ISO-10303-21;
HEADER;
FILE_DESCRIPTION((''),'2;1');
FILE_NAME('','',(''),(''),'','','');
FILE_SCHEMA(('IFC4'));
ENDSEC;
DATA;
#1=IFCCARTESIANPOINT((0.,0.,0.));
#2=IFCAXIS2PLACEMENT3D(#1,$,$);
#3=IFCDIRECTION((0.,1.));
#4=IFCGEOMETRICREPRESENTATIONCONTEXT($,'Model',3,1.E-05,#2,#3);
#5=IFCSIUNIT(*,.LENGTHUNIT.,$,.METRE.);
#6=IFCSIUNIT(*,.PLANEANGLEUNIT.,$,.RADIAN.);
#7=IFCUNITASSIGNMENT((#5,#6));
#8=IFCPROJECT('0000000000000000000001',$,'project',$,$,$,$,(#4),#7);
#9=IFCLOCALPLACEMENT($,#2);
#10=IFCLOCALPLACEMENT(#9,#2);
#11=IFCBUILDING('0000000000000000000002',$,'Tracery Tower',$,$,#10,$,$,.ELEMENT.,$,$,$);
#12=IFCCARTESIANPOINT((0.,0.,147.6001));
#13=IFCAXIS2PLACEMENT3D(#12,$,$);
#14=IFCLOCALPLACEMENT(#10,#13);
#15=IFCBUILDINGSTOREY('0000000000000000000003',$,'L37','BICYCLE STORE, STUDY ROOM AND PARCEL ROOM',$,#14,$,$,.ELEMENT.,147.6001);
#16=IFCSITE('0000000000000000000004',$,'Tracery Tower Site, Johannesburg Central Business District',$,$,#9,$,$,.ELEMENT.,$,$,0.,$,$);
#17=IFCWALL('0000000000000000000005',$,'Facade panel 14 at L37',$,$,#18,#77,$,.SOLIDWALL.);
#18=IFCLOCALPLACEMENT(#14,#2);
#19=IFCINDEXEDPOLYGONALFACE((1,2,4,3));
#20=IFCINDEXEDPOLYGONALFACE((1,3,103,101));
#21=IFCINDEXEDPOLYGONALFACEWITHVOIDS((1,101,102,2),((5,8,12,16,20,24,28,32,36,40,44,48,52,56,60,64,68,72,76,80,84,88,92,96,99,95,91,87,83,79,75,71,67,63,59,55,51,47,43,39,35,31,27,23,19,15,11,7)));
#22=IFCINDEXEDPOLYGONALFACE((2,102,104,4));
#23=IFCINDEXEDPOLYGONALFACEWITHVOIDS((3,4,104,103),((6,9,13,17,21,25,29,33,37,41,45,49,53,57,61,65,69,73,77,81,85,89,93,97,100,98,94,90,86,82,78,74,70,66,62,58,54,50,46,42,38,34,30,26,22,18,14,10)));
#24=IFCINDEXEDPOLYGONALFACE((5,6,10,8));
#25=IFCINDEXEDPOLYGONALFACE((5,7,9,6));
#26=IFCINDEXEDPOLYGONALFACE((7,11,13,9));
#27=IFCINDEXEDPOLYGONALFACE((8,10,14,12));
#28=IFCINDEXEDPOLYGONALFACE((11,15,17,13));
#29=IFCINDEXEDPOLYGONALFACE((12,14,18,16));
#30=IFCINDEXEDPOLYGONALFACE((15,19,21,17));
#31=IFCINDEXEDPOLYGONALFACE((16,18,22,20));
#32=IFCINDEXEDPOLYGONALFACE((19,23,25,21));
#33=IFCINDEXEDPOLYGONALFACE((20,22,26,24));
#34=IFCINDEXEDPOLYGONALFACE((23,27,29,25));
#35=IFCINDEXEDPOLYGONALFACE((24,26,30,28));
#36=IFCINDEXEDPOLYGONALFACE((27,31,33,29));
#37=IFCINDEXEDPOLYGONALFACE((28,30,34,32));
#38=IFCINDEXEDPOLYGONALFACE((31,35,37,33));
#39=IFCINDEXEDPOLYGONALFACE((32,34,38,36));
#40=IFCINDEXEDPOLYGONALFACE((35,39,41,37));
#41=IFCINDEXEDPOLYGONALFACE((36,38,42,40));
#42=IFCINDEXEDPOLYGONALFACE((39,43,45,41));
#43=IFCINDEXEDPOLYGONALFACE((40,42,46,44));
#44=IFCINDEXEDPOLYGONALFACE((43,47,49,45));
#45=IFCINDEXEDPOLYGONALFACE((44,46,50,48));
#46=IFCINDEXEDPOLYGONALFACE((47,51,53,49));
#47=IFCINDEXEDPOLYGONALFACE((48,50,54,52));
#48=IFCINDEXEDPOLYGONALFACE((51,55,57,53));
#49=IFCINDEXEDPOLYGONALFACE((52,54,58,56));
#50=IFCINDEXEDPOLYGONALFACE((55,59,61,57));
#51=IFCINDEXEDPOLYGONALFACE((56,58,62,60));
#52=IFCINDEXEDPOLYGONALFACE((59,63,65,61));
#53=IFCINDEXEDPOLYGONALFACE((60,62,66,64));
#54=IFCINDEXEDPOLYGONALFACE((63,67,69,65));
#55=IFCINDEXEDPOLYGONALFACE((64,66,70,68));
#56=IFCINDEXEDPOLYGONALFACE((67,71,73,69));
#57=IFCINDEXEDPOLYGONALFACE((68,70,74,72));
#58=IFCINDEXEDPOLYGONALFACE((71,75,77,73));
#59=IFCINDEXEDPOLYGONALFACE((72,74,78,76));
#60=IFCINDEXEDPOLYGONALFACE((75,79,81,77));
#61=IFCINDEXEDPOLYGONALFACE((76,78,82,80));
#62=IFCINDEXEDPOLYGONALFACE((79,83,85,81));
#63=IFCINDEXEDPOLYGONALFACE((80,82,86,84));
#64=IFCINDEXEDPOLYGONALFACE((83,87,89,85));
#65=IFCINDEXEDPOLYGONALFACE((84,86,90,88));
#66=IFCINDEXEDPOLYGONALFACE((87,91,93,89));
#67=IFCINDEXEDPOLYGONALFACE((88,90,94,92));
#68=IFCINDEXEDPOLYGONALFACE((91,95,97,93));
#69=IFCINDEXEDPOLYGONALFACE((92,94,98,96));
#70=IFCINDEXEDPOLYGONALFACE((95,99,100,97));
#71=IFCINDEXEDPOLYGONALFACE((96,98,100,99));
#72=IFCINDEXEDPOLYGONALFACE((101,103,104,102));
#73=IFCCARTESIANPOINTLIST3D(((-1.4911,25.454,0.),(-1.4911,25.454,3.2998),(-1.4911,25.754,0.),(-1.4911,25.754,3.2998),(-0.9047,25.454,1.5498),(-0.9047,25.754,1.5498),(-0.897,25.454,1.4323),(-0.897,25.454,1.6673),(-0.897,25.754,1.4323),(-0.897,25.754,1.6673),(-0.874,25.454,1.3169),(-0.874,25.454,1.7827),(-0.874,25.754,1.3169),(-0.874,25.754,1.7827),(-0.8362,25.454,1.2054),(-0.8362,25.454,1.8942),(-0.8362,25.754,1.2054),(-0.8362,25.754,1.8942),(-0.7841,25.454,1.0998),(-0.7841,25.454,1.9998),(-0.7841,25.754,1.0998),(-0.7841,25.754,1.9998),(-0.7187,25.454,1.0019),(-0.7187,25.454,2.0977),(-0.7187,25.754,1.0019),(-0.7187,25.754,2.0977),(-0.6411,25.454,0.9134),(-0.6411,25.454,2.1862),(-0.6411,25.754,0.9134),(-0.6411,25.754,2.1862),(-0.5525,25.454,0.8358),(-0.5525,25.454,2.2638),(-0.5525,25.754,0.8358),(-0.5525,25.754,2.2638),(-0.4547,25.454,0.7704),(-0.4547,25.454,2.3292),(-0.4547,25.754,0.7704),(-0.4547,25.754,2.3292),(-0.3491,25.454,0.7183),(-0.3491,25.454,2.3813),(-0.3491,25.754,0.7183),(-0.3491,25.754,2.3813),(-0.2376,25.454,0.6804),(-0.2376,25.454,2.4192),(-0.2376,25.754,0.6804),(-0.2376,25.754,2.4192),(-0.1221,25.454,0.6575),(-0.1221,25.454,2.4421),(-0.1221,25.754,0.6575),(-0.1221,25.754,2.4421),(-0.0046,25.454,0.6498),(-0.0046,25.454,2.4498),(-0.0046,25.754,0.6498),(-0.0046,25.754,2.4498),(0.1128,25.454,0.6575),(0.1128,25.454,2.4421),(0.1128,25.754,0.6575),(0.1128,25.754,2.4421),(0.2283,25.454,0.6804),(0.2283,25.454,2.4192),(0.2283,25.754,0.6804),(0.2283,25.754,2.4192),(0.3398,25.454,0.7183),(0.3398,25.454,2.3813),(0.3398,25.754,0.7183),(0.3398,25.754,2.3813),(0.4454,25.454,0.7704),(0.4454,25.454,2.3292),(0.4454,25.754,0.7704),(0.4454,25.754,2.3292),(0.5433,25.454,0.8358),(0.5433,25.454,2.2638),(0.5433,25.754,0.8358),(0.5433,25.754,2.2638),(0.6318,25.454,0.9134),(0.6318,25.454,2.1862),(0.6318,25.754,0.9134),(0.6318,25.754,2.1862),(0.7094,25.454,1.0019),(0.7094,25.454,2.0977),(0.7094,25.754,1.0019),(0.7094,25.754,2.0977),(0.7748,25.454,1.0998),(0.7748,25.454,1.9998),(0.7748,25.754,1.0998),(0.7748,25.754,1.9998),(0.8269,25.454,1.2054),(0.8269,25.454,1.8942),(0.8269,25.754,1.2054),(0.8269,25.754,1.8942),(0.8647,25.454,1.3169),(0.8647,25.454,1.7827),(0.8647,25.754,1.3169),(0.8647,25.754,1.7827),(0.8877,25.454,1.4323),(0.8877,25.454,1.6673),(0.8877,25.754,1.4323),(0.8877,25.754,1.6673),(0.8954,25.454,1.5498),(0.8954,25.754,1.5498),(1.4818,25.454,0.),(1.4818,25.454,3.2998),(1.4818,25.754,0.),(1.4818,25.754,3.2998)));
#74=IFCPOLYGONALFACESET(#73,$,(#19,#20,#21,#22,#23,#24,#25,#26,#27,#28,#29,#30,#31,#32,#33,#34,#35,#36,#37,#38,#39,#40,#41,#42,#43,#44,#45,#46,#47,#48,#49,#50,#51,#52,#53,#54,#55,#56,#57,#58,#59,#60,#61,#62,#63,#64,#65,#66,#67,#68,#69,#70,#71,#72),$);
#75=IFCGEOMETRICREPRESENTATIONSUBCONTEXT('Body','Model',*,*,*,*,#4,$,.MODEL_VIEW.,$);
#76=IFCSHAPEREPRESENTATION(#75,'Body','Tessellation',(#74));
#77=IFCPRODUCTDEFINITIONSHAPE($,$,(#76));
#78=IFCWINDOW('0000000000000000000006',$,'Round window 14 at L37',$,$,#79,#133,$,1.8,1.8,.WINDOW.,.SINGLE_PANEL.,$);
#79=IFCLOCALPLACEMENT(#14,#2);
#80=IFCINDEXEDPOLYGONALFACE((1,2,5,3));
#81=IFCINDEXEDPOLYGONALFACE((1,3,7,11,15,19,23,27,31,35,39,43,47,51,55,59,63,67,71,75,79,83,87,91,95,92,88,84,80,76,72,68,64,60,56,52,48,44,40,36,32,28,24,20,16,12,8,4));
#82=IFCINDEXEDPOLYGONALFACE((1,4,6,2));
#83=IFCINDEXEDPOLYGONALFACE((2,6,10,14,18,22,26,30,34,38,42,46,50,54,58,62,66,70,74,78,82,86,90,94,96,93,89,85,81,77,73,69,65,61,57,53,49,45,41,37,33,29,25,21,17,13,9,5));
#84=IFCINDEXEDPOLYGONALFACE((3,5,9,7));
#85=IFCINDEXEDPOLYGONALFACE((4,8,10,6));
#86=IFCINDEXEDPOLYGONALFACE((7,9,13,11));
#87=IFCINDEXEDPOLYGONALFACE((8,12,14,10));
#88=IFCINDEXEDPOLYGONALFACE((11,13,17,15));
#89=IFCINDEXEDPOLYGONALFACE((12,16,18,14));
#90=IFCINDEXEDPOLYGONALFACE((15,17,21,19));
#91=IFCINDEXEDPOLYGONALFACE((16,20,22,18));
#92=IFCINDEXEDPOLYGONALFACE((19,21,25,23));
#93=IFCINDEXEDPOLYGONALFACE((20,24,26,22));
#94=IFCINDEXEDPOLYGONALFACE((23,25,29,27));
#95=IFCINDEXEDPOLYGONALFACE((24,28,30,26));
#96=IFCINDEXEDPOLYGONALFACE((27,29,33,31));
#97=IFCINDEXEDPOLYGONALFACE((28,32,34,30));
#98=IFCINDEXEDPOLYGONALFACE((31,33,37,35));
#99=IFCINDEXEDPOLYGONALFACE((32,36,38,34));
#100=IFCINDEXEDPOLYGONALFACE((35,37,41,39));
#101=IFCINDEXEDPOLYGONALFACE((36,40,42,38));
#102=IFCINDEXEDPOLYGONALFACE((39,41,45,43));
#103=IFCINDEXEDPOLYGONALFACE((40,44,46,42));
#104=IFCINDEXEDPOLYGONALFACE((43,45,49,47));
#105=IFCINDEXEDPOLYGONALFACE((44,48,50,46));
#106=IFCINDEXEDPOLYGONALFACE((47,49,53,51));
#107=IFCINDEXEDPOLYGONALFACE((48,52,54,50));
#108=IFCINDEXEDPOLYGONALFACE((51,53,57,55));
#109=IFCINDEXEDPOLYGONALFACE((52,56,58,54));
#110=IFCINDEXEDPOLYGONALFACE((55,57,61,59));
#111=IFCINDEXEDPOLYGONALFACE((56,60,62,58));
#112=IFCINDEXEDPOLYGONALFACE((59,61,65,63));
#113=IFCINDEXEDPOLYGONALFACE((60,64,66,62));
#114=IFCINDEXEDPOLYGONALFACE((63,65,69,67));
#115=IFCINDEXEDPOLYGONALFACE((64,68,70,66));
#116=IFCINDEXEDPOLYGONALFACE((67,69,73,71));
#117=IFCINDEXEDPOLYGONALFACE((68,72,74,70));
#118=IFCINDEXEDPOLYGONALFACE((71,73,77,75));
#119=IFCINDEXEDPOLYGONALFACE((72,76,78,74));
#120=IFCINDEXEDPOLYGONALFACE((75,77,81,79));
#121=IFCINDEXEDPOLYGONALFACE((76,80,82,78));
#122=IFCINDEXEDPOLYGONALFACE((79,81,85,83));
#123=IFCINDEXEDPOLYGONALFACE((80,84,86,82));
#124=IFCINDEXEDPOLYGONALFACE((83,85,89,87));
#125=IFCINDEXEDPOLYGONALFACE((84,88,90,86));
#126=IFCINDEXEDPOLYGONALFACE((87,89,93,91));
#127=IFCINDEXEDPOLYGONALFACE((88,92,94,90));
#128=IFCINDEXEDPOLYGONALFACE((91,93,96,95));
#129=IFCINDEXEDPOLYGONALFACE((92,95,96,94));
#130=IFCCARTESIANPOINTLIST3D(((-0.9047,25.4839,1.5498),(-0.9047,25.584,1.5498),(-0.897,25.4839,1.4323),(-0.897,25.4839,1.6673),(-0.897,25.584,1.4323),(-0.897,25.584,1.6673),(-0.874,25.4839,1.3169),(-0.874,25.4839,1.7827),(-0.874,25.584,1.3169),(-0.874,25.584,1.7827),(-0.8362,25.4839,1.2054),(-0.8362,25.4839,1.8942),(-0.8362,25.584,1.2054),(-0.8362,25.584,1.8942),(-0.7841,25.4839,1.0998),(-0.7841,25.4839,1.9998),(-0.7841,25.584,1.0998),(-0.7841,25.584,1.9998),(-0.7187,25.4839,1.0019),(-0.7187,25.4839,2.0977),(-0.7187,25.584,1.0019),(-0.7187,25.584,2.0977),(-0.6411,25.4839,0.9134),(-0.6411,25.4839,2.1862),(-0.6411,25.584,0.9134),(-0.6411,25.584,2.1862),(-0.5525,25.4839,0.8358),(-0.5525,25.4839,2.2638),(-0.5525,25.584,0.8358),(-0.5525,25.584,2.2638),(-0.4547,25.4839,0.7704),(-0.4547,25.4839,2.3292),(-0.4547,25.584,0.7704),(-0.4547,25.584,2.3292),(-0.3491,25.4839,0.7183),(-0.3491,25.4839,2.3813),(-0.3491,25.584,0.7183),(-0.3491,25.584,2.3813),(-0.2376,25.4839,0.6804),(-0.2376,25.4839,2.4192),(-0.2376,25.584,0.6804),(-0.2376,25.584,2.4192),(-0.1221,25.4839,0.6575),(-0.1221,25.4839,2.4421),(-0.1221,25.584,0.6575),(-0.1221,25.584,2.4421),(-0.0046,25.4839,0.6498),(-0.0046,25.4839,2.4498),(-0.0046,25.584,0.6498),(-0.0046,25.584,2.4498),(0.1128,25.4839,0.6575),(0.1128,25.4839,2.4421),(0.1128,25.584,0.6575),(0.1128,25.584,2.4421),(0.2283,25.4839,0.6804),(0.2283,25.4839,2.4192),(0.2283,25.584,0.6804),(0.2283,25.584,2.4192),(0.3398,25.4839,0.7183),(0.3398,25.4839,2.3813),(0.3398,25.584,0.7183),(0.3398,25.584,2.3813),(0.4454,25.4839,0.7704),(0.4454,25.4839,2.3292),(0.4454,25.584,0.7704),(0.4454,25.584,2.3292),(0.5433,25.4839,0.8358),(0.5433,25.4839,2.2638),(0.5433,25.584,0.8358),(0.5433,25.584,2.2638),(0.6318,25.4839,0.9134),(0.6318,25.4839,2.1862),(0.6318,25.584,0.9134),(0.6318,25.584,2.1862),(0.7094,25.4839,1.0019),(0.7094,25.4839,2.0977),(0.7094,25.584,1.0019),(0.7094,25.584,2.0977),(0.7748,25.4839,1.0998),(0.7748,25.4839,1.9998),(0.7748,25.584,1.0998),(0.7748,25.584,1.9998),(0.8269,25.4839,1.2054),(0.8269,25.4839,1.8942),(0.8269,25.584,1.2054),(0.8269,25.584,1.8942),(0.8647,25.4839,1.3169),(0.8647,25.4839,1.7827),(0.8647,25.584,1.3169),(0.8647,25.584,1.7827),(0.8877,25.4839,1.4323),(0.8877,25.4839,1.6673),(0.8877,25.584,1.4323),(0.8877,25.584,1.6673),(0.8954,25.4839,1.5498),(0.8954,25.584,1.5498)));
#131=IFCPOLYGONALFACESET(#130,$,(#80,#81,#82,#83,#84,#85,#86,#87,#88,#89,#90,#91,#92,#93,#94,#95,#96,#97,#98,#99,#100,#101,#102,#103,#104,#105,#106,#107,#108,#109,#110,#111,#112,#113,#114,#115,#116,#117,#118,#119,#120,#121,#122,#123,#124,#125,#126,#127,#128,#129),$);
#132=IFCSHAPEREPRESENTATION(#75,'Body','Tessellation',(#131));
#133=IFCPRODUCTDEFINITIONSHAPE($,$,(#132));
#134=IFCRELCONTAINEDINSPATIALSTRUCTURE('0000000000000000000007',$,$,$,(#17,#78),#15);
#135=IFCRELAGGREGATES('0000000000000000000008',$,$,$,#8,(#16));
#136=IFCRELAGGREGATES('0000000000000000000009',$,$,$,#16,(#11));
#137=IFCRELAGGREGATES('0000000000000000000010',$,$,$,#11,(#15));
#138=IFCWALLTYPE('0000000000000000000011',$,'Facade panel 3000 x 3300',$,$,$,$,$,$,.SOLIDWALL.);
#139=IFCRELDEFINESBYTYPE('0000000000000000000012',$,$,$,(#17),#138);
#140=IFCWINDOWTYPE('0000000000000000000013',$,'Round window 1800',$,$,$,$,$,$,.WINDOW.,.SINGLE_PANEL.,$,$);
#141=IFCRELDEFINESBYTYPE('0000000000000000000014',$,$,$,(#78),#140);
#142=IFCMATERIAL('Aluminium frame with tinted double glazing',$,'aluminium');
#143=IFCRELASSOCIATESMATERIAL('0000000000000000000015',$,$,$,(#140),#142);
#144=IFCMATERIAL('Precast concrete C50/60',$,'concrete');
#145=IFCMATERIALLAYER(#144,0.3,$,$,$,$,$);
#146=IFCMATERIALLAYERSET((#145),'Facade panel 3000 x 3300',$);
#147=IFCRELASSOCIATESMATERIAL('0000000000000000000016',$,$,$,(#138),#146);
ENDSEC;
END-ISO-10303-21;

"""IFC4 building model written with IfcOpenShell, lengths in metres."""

from ifc_helpers import new_model, si_unit, direction, frame, frame_2d, origin, origin_2d, place, context, subcontext, project, spatial, rectangle, circle, extrude, material, layer, layer_set, type_object, element, fill, save


model = new_model("IFC4")

# Units and contexts
model_context = context("Model", 3, precision=1e-05, world=origin(), true_north=direction((0.0, 1.0)))
body_context = subcontext(model_context, "Body", "Model", "MODEL_VIEW")
ifc_project = project(units=[si_unit("LENGTHUNIT", "METRE"), si_unit("PLANEANGLEUNIT", "RADIAN")], contexts=[model_context])

# Site, building, storey
site_placement = place(None, origin())
site = spatial("IfcSite", under=ifc_project, at=site_placement, Name="Tracery Tower Site, Johannesburg Central Business District", CompositionType="ELEMENT", RefElevation=0.0)
building_placement = place(site_placement, origin())
building = spatial("IfcBuilding", under=site, at=building_placement, Name="Tracery Tower", CompositionType="ELEMENT")
storey_placement = place(building_placement, frame((0.0, 0.0, 147.6001)))
storey = spatial("IfcBuildingStorey", under=building, at=storey_placement, Name="L37", Description="BICYCLE STORE, STUDY ROOM AND PARCEL ROOM", CompositionType="ELEMENT", Elevation=147.6001)

# Wall, opening, window
ifc_material_1 = material(Name="Aluminium frame with tinted double glazing", Category="aluminium")
window_type = type_object("IfcWindowType", Name="Round window 1800", PartitioningType="SINGLE_PANEL", PredefinedType="WINDOW", material=ifc_material_1)
ifc_material_2 = material(Name="Precast concrete C50/60", Category="concrete")
ifc_layer_1 = layer(ifc_material_2, 0.3)
ifc_layer_set_1 = layer_set([ifc_layer_1], Name="Facade panel 3000 x 3300")
wall_type_1 = type_object("IfcWallType", Name="Facade panel 3000 x 3300", PredefinedType="SOLIDWALL", material=ifc_layer_set_1)
wall_1_placement = place(storey_placement, frame((1.4817, 25.604, 0.0), z_axis=(0.0, 0.0, 1.0), x_axis=(-1.0, 0.0, 0.0)))
wall_1 = element("IfcWall", 1, at=wall_1_placement, inside=storey, type_object=wall_type_1, Name="Facade panel 14 at L37", PredefinedType="SOLIDWALL", context=body_context, shape_type="SweptSolid", body=[
    extrude(rectangle(XDim=2.9729, YDim=0.3, at=frame_2d((1.4863, 0.0))), origin(), (0.0, 0.0, 1.0), 3.2998),
])
opening_1_placement = place(wall_1_placement, frame((1.4863, 0.0, 1.5498)))
opening_1 = element("IfcOpeningElement", 2, at=opening_1_placement, cuts=wall_1, PredefinedType="OPENING", context=body_context, shape_type="SweptSolid", body=[
    extrude(circle(Radius=0.9, at=origin_2d()), frame((0.0, 0.1599, 0.0), z_axis=(0.0, -1.0, 0.0), x_axis=(1.0, 0.0, 0.0)), (0.0, 0.0, 1.0), 0.3201),
])
window_1_placement = place(opening_1_placement, origin())
window_1 = element("IfcWindow", 3, at=window_1_placement, inside=storey, type_object=window_type, Name="Round window 14 at L37", OverallHeight=1.8, OverallWidth=1.8, PartitioningType="SINGLE_PANEL", PredefinedType="WINDOW", context=body_context, shape_type="SweptSolid", body=[
    extrude(circle(Radius=0.9, at=origin_2d()), frame((0.0, 0.1201, 0.0), z_axis=(0.0, -1.0, 0.0), x_axis=(1.0, 0.0, 0.0)), (0.0, 0.0, 1.0), 0.1001),
])
fill(opening_1, window_1)

save(model, "model.ifc")
